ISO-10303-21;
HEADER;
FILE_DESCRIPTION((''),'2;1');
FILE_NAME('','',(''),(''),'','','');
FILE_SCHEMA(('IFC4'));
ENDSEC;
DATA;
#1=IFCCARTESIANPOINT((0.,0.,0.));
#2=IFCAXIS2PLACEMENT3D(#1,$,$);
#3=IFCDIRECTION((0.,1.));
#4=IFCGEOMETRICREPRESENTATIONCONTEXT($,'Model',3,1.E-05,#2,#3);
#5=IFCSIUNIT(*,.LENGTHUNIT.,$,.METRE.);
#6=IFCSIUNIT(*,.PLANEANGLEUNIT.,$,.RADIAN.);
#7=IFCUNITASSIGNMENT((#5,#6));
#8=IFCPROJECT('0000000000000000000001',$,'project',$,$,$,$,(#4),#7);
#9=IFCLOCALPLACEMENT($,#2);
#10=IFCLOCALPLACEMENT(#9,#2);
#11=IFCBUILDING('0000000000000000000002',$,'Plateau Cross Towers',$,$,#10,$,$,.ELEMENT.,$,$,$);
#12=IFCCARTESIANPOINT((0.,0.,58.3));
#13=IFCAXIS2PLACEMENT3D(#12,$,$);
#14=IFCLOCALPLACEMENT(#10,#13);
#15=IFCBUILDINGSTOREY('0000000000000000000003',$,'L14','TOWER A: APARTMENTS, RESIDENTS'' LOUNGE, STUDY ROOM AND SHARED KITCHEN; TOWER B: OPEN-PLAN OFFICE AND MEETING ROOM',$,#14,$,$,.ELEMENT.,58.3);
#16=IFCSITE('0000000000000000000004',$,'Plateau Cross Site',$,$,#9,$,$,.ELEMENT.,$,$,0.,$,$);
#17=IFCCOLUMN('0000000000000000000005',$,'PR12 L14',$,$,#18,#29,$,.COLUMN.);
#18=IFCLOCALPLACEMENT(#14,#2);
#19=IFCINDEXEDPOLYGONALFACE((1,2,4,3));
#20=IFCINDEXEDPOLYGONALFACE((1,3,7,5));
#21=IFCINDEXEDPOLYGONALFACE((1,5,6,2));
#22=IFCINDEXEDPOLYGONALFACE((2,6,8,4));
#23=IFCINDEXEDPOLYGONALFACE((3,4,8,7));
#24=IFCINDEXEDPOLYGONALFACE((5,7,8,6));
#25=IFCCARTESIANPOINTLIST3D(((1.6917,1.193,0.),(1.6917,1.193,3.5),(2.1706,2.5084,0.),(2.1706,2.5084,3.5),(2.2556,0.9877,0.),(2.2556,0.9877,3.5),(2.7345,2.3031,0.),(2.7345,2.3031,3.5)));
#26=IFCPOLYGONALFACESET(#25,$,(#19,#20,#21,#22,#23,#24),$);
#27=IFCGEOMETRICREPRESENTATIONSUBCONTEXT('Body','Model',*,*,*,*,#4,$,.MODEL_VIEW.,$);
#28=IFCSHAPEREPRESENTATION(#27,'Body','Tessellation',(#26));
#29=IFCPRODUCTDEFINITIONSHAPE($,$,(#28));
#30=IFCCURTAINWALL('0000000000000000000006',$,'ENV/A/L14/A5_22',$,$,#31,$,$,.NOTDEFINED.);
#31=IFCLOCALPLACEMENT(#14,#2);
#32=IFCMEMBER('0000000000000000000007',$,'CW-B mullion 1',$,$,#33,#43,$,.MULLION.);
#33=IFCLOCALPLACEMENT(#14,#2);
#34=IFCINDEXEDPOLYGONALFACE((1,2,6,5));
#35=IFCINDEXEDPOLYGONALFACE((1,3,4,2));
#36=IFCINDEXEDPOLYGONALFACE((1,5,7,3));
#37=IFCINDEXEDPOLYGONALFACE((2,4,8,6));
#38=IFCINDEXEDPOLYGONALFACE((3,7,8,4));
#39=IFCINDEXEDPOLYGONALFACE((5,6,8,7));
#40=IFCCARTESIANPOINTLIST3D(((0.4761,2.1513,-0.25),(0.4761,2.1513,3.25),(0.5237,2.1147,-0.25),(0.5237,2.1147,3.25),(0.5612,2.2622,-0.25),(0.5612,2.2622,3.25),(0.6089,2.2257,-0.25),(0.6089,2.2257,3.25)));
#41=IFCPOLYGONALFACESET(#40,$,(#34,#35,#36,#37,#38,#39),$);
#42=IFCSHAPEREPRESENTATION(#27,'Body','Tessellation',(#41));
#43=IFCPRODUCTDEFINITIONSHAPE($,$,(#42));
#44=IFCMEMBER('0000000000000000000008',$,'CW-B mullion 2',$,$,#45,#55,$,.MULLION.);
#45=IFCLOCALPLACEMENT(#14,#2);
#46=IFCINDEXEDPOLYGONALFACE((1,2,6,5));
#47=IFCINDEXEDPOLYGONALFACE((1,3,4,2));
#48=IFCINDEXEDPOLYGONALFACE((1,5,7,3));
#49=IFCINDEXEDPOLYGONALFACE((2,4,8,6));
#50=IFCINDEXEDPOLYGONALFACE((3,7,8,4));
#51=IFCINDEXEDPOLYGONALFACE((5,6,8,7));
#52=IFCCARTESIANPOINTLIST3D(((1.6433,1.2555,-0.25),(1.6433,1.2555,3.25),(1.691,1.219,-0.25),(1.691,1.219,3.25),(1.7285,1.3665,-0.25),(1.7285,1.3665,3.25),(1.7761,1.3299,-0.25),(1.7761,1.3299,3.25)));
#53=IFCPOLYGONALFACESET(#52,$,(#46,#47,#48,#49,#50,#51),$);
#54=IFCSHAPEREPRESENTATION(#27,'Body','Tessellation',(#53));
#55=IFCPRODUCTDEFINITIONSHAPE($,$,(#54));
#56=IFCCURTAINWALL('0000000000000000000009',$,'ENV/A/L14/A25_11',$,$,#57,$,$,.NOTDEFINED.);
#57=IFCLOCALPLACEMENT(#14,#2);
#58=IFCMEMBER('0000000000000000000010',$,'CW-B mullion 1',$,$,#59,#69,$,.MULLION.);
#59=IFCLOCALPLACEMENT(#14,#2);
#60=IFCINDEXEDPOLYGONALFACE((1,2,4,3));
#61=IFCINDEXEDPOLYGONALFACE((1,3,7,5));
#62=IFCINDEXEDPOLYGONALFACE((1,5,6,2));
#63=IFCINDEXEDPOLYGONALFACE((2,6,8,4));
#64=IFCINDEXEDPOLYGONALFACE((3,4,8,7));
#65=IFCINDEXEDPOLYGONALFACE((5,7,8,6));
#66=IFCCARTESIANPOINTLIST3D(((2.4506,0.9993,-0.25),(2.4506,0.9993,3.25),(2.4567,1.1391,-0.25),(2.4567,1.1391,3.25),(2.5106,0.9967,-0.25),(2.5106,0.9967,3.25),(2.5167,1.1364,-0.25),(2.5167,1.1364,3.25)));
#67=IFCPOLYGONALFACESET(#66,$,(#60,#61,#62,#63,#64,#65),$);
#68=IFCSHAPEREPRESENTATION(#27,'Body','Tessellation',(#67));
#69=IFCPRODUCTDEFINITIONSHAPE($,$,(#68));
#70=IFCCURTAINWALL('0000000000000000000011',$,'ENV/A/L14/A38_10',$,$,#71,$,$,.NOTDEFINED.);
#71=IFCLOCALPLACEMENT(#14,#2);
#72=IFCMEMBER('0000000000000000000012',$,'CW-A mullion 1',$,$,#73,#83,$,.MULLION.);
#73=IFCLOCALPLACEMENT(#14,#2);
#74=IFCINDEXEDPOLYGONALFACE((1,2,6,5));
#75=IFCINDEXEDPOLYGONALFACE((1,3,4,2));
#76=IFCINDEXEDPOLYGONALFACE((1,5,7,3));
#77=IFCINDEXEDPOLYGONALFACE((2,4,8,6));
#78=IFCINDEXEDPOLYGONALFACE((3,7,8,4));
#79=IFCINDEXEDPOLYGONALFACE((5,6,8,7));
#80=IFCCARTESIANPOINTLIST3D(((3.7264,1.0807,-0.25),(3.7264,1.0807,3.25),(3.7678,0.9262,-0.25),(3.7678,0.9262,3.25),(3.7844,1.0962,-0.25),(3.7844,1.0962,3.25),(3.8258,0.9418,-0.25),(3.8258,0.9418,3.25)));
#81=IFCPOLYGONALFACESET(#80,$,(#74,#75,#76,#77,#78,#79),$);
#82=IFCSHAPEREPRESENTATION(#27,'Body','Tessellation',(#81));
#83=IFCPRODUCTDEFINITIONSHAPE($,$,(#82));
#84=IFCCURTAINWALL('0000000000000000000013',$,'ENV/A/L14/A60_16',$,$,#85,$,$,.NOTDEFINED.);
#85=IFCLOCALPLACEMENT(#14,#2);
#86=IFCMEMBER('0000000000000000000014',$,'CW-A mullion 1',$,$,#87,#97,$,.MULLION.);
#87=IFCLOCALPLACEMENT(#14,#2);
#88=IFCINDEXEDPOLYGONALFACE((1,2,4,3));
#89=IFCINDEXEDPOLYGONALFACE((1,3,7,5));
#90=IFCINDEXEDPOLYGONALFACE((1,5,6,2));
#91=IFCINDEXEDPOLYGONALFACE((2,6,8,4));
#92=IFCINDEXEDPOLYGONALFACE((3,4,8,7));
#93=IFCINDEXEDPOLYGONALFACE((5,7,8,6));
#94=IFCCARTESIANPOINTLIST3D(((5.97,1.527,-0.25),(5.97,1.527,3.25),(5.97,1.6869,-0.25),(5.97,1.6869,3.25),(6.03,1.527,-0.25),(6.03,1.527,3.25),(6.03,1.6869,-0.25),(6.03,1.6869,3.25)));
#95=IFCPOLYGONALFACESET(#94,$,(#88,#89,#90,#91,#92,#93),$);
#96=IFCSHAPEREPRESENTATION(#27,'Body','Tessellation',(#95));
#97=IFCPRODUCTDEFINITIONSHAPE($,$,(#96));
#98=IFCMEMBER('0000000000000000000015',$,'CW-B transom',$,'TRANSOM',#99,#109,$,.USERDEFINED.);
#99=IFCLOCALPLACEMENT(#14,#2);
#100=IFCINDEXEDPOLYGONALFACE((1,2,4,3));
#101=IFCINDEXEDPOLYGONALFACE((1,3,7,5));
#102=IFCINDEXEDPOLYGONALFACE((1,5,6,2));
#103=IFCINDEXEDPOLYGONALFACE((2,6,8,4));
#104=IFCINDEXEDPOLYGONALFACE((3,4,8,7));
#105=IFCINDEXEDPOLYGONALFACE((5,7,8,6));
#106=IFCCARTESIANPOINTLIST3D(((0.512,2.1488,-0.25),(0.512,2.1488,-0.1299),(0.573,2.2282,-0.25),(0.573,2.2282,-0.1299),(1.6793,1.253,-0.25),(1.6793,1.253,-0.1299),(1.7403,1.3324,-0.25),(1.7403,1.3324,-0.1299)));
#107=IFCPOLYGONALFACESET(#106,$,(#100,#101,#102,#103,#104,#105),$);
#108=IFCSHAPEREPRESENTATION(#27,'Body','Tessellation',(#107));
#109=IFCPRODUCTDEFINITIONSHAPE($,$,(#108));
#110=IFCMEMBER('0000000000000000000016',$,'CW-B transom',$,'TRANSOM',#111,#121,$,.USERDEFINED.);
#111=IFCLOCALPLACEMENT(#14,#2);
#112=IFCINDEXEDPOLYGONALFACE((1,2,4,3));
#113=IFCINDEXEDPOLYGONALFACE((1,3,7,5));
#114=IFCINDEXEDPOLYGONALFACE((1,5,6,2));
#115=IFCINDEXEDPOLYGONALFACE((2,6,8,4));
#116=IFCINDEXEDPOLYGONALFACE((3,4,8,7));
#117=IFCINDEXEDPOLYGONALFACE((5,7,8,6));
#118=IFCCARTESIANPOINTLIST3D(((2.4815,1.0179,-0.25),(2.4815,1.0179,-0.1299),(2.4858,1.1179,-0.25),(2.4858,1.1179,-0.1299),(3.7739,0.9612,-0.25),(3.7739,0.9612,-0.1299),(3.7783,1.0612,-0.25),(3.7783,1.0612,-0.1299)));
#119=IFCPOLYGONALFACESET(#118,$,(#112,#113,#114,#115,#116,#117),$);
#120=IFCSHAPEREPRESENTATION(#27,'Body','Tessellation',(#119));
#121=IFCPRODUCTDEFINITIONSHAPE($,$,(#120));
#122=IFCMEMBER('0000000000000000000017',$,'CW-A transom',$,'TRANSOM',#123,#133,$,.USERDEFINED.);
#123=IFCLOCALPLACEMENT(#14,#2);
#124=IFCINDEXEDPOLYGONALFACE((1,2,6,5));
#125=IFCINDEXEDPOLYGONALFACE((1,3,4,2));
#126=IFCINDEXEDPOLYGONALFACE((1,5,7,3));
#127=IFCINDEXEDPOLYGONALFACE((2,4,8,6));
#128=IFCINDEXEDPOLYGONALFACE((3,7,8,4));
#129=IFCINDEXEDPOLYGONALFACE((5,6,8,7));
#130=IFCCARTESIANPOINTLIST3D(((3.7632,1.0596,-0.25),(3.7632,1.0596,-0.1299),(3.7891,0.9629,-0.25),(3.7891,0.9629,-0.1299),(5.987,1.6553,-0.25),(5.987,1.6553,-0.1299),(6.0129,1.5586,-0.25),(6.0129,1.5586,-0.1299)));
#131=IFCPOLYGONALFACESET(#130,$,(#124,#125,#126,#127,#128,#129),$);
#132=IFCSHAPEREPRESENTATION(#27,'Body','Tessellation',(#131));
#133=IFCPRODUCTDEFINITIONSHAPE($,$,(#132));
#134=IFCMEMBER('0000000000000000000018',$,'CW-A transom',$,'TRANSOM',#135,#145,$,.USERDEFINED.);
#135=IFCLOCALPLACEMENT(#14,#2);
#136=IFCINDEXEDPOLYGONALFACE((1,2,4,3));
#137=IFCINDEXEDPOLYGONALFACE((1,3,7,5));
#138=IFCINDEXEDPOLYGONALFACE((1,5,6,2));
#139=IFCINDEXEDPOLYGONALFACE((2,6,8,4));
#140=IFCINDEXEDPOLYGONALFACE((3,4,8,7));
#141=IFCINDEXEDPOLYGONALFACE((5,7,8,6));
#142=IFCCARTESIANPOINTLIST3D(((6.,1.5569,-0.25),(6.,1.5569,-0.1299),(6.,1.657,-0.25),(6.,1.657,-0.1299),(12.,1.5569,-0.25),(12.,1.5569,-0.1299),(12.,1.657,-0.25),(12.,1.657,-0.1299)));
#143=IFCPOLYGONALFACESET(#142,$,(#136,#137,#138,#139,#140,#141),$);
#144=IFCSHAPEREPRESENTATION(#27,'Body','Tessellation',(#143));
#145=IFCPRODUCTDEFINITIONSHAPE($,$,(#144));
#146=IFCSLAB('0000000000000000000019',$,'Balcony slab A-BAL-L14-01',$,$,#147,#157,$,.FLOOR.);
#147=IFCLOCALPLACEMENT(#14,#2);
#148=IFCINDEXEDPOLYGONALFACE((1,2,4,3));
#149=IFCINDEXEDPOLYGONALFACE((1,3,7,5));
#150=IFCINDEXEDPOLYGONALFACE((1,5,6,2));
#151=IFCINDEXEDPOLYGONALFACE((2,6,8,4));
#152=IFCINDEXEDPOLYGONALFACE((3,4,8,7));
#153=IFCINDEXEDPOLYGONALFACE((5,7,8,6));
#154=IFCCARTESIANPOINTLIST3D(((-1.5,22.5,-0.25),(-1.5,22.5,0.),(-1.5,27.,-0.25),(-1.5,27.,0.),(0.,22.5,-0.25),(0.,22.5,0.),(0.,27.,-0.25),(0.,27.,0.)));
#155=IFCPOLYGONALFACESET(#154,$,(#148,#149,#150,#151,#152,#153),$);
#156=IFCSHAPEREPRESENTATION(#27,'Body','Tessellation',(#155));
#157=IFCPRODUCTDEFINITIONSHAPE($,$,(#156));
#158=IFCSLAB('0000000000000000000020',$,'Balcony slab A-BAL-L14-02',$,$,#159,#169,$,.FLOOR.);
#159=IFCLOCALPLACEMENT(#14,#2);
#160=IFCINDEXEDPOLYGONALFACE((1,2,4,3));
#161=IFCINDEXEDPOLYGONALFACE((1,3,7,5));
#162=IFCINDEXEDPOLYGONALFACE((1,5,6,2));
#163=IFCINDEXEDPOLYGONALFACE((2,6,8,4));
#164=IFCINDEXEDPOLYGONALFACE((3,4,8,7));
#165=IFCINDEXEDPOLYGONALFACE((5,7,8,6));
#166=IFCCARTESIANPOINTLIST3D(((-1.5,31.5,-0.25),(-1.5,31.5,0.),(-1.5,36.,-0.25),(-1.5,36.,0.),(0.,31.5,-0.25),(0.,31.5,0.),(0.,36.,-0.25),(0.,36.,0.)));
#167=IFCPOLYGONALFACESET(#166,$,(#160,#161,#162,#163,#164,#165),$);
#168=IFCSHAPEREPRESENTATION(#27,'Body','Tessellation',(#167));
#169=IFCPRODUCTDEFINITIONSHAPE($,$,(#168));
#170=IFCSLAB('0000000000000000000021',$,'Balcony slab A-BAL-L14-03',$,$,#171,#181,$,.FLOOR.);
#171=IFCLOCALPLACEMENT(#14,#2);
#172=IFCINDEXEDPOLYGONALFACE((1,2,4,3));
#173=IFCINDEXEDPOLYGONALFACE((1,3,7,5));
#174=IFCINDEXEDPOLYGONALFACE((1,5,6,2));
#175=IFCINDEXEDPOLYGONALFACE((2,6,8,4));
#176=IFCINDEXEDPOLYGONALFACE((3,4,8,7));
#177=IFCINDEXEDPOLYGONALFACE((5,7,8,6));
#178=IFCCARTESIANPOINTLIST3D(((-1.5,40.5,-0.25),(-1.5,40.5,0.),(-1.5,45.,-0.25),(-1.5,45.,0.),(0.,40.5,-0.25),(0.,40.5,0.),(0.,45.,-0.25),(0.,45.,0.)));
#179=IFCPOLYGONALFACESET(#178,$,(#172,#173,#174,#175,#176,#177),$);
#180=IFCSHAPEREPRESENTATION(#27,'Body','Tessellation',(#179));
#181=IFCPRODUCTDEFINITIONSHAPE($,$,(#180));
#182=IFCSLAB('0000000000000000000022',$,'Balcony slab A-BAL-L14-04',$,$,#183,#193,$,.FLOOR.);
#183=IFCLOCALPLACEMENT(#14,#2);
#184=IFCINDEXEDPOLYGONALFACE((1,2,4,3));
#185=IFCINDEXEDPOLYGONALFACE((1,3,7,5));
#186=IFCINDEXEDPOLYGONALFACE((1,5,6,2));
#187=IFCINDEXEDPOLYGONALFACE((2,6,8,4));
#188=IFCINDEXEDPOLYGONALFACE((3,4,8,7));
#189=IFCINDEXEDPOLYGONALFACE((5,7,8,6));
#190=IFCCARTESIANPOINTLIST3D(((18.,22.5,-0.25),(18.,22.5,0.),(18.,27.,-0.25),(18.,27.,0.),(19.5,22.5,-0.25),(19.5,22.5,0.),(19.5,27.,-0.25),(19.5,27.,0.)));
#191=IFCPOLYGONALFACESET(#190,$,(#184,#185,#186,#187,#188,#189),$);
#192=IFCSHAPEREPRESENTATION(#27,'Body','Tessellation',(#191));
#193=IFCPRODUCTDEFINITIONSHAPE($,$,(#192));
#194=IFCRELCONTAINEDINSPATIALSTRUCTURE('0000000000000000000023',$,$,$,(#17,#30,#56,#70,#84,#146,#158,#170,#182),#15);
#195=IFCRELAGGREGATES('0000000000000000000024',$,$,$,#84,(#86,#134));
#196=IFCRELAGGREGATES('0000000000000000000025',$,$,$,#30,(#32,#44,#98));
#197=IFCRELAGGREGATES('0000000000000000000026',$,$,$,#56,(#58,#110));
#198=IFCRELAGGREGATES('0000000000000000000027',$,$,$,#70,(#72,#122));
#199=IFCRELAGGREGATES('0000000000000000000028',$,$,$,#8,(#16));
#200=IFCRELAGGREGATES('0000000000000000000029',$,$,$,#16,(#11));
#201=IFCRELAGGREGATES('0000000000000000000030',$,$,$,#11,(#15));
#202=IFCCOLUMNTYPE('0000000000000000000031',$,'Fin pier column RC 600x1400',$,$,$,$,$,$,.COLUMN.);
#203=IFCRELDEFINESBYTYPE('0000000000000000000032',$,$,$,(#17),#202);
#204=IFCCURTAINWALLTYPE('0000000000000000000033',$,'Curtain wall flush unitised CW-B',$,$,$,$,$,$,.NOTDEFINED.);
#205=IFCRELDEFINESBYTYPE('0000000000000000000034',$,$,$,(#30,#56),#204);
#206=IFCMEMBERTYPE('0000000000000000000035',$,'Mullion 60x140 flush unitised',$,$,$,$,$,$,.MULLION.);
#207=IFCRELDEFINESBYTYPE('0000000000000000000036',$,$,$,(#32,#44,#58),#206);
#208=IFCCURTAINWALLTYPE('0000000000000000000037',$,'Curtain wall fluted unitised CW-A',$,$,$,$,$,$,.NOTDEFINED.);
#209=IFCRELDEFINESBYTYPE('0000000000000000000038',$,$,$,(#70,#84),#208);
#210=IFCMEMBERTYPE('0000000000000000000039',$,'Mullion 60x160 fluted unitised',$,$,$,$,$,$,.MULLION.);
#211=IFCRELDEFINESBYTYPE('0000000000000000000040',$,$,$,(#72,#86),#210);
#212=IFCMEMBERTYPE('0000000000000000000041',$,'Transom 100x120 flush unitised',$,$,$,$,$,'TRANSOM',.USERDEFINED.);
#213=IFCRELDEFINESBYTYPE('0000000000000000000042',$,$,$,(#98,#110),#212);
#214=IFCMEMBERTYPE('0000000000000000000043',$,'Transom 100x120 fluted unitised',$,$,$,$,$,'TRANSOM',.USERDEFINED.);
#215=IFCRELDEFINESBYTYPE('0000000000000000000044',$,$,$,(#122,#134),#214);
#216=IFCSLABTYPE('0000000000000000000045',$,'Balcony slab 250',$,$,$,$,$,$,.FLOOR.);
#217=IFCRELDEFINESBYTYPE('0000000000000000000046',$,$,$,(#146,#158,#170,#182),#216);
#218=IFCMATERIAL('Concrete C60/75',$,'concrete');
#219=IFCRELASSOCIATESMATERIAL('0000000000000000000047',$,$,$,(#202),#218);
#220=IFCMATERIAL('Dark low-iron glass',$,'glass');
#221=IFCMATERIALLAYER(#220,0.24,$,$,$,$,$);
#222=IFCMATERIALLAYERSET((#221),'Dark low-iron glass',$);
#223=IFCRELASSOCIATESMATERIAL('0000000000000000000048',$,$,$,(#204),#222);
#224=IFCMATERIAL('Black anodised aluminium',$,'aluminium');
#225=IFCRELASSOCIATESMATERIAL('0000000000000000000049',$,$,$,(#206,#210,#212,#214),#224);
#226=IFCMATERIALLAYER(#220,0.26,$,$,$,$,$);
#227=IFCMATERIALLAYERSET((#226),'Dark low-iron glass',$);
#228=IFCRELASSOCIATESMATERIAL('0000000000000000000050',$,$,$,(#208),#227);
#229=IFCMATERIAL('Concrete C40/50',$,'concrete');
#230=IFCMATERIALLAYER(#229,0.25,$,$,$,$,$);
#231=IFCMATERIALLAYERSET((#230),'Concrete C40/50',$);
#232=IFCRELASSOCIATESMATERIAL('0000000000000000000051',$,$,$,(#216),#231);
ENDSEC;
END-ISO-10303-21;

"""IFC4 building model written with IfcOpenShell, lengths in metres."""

from ifc_helpers import new_model, si_unit, direction, frame, origin, origin_2d, place, context, subcontext, project, spatial, polyline, rectangle, outline, extrude, material, layer, layer_set, material_profile, profile_set, type_object, element, aggregate, save


model = new_model("IFC4")

# Units and contexts
model_context = context("Model", 3, precision=1e-05, world=origin(), true_north=direction((0.0, 1.0)))
body_context = subcontext(model_context, "Body", "Model", "MODEL_VIEW")
ifc_project = project(units=[si_unit("LENGTHUNIT", "METRE"), si_unit("PLANEANGLEUNIT", "RADIAN")], contexts=[model_context])

# Site, building, storey
site_placement = place(None, origin())
site = spatial("IfcSite", under=ifc_project, at=site_placement, Name="Plateau Cross Site", CompositionType="ELEMENT", RefElevation=0.0)
building_placement = place(site_placement, origin())
building = spatial("IfcBuilding", under=site, at=building_placement, Name="Plateau Cross Towers", CompositionType="ELEMENT")
storey_placement = place(building_placement, frame((0.0, 0.0, 58.3)))
storey = spatial("IfcBuildingStorey", under=building, at=storey_placement, Name="L14", Description="TOWER A: APARTMENTS, RESIDENTS' LOUNGE, STUDY ROOM AND SHARED KITCHEN; TOWER B: OPEN-PLAN OFFICE AND MEETING ROOM", CompositionType="ELEMENT", Elevation=58.3)

# Column
ifc_material_1 = material(Name="Concrete C60/75", Category="concrete")
ifc_material_profile_1 = material_profile(ifc_material_1, rectangle(XDim=0.6001, YDim=1.3999, at=origin_2d()), Name="RC 600x1400")
ifc_profile_set_1 = profile_set([ifc_material_profile_1], Name="Concrete C60/75")
column_type = type_object("IfcColumnType", Name="Fin pier column RC 600x1400", PredefinedType="COLUMN", material=ifc_profile_set_1)
column_placement = place(storey_placement, frame((2.2131, 1.748, 0.0), z_axis=(0.0, 0.0, 1.0), x_axis=(-0.939664, 0.342098, 0.0)))
element("IfcColumn", 1, at=column_placement, inside=storey, type_object=column_type, Name="PR12 L14", PredefinedType="COLUMN", context=body_context, shape_type="SweptSolid", body=[
    extrude(rectangle(XDim=0.6001, YDim=1.3999, at=origin_2d()), origin(), (0.0, 0.0, 1.0), 3.5),
])

# Curtain wall, members
ifc_material_2 = material(Name="Dark low-iron glass", Category="glass")
ifc_layer_1 = layer(ifc_material_2, 0.24)
ifc_layer_set_1 = layer_set([ifc_layer_1], Name="Dark low-iron glass")
curtain_wall_type_1 = type_object("IfcCurtainWallType", Name="Curtain wall flush unitised CW-B", PredefinedType="NOTDEFINED", material=ifc_layer_set_1)
curtain_wall_1_placement = place(storey_placement, origin())
curtain_wall_1 = element("IfcCurtainWall", 2, at=curtain_wall_1_placement, inside=storey, type_object=curtain_wall_type_1, Name="ENV/A/L14/A5_22", PredefinedType="NOTDEFINED")
ifc_material_3 = material(Name="Black anodised aluminium", Category="aluminium")
ifc_material_profile_2 = material_profile(ifc_material_3, rectangle(XDim=0.0601, YDim=0.1399, at=origin_2d()), Name="MULLION 60x140")
ifc_profile_set_2 = profile_set([ifc_material_profile_2], Name="Black anodised aluminium")
member_type_1 = type_object("IfcMemberType", Name="Mullion 60x140 flush unitised", PredefinedType="MULLION", material=ifc_profile_set_2)
member_1_placement = place(storey_placement, frame((0.5425, 2.1885, -0.25), z_axis=(0.0, 0.0, 1.0), x_axis=(0.793316, -0.608811, 0.0)))
member_1 = element("IfcMember", 3, at=member_1_placement, type_object=member_type_1, Name="CW-B mullion 1", PredefinedType="MULLION", context=body_context, shape_type="SweptSolid", body=[
    extrude(rectangle(XDim=0.0601, YDim=0.1399, at=origin_2d()), origin(), (0.0, 0.0, 1.0), 3.5),
])
member_2_placement = place(storey_placement, frame((1.7097, 1.2927, -0.25), z_axis=(0.0, 0.0, 1.0), x_axis=(0.793316, -0.608811, 0.0)))
member_2 = element("IfcMember", 4, at=member_2_placement, type_object=member_type_1, Name="CW-B mullion 2", PredefinedType="MULLION", context=body_context, shape_type="SweptSolid", body=[
    extrude(rectangle(XDim=0.0601, YDim=0.1399, at=origin_2d()), origin(), (0.0, 0.0, 1.0), 3.5),
])

# Curtain walls, members
curtain_wall_2_placement = place(storey_placement, origin())
curtain_wall_2 = element("IfcCurtainWall", 5, at=curtain_wall_2_placement, inside=storey, type_object=curtain_wall_type_1, Name="ENV/A/L14/A25_11", PredefinedType="NOTDEFINED")
member_3_placement = place(storey_placement, frame((2.4836, 1.0679, -0.25), z_axis=(0.0, 0.0, 1.0), x_axis=(0.999044, -0.043723, 0.0)))
member_3 = element("IfcMember", 6, at=member_3_placement, type_object=member_type_1, Name="CW-B mullion 1", PredefinedType="MULLION", context=body_context, shape_type="SweptSolid", body=[
    extrude(rectangle(XDim=0.0601, YDim=0.1399, at=origin_2d()), origin(), (0.0, 0.0, 1.0), 3.5),
])
ifc_layer_2 = layer(ifc_material_2, 0.26)
ifc_layer_set_2 = layer_set([ifc_layer_2], Name="Dark low-iron glass")
curtain_wall_type_2 = type_object("IfcCurtainWallType", Name="Curtain wall fluted unitised CW-A", PredefinedType="NOTDEFINED", material=ifc_layer_set_2)
curtain_wall_3_placement = place(storey_placement, origin())
curtain_wall_3 = element("IfcCurtainWall", 7, at=curtain_wall_3_placement, inside=storey, type_object=curtain_wall_type_2, Name="ENV/A/L14/A38_10", PredefinedType="NOTDEFINED")
ifc_material_profile_3 = material_profile(ifc_material_3, rectangle(XDim=0.0601, YDim=0.1599, at=origin_2d()), Name="MULLION 60x160")
ifc_profile_set_3 = profile_set([ifc_material_profile_3], Name="Black anodised aluminium")
member_type_2 = type_object("IfcMemberType", Name="Mullion 60x160 fluted unitised", PredefinedType="MULLION", material=ifc_profile_set_3)
member_4_placement = place(storey_placement, frame((3.7761, 1.0112, -0.25), z_axis=(0.0, 0.0, 1.0), x_axis=(0.965958, 0.258699, 0.0)))
member_4 = element("IfcMember", 8, at=member_4_placement, type_object=member_type_2, Name="CW-A mullion 1", PredefinedType="MULLION", context=body_context, shape_type="SweptSolid", body=[
    extrude(rectangle(XDim=0.0601, YDim=0.1599, at=origin_2d()), origin(), (0.0, 0.0, 1.0), 3.5),
])
curtain_wall_4_placement = place(storey_placement, origin())
curtain_wall_4 = element("IfcCurtainWall", 9, at=curtain_wall_4_placement, inside=storey, type_object=curtain_wall_type_2, Name="ENV/A/L14/A60_16", PredefinedType="NOTDEFINED")
member_5_placement = place(storey_placement, frame((6.0, 1.6069, -0.25), z_axis=(0.0, 0.0, 1.0), x_axis=(1.0, 0.0, 0.0)))
member_5 = element("IfcMember", 10, at=member_5_placement, type_object=member_type_2, Name="CW-A mullion 1", PredefinedType="MULLION", context=body_context, shape_type="SweptSolid", body=[
    extrude(rectangle(XDim=0.0601, YDim=0.1599, at=origin_2d()), origin(), (0.0, 0.0, 1.0), 3.5),
])

# Members
ifc_material_profile_4 = material_profile(ifc_material_3, rectangle(XDim=0.1001, YDim=0.1201, at=origin_2d()), Name="TRANSOM 100x120")
ifc_profile_set_4 = profile_set([ifc_material_profile_4], Name="Black anodised aluminium")
member_type_3 = type_object("IfcMemberType", Name="Transom 100x120 flush unitised", ElementType="TRANSOM", PredefinedType="USERDEFINED", material=ifc_profile_set_4)
member_6_placement = place(storey_placement, frame((0.5425, 2.1885, -0.1899), z_axis=(0.793321, -0.608804, 0.0), x_axis=(0.608804, 0.793321, 0.0)))
member_6 = element("IfcMember", 11, at=member_6_placement, type_object=member_type_3, Name="CW-B transom", ObjectType="TRANSOM", PredefinedType="USERDEFINED", context=body_context, shape_type="SweptSolid", body=[
    extrude(rectangle(XDim=0.1001, YDim=0.1201, at=origin_2d()), origin(), (0.0, 0.0, 1.0), 1.4714),
])
member_7_placement = place(storey_placement, frame((2.4836, 1.0679, -0.1899), z_axis=(0.999041, -0.043781, 0.0), x_axis=(0.043781, 0.999041, 0.0)))
member_7 = element("IfcMember", 12, at=member_7_placement, type_object=member_type_3, Name="CW-B transom", ObjectType="TRANSOM", PredefinedType="USERDEFINED", context=body_context, shape_type="SweptSolid", body=[
    extrude(rectangle(XDim=0.1001, YDim=0.1201, at=origin_2d()), origin(), (0.0, 0.0, 1.0), 1.2937),
])
ifc_material_profile_5 = material_profile(ifc_material_3, rectangle(XDim=0.1001, YDim=0.1201, at=origin_2d()), Name="TRANSOM 100x120")
ifc_profile_set_5 = profile_set([ifc_material_profile_5], Name="Black anodised aluminium")
member_type_4 = type_object("IfcMemberType", Name="Transom 100x120 fluted unitised", ElementType="TRANSOM", PredefinedType="USERDEFINED", material=ifc_profile_set_5)
member_8_placement = place(storey_placement, frame((3.7761, 1.0112, -0.1899), z_axis=(0.965946, 0.258745, 0.0), x_axis=(-0.258745, 0.965946, 0.0)))
member_8 = element("IfcMember", 13, at=member_8_placement, type_object=member_type_4, Name="CW-A transom", ObjectType="TRANSOM", PredefinedType="USERDEFINED", context=body_context, shape_type="SweptSolid", body=[
    extrude(rectangle(XDim=0.1001, YDim=0.1201, at=origin_2d()), origin(), (0.0, 0.0, 1.0), 2.3022),
])
member_9_placement = place(storey_placement, frame((6.0, 1.6069, -0.1899), z_axis=(1.0, 0.0, 0.0), x_axis=(0.0, 1.0, 0.0)))
member_9 = element("IfcMember", 14, at=member_9_placement, type_object=member_type_4, Name="CW-A transom", ObjectType="TRANSOM", PredefinedType="USERDEFINED", context=body_context, shape_type="SweptSolid", body=[
    extrude(rectangle(XDim=0.1001, YDim=0.1201, at=origin_2d()), origin(), (0.0, 0.0, 1.0), 6.0),
])
aggregate(curtain_wall_4, [member_5, member_9])

# Slabs
ifc_material_4 = material(Name="Concrete C40/50", Category="concrete")
ifc_layer_3 = layer(ifc_material_4, 0.25)
ifc_layer_set_3 = layer_set([ifc_layer_3], Name="Concrete C40/50")
slab_type_1 = type_object("IfcSlabType", Name="Balcony slab 250", PredefinedType="FLOOR", material=ifc_layer_set_3)
slab_1_placement = place(storey_placement, frame((0.0, 0.0, -0.25)))
element("IfcSlab", 15, at=slab_1_placement, inside=storey, type_object=slab_type_1, Name="Balcony slab A-BAL-L14-01", PredefinedType="FLOOR", context=body_context, shape_type="SweptSolid", body=[
    extrude(outline(polyline([(0.0, 22.5), (0.0, 27.0), (-1.5, 27.0), (-1.5, 22.5), (0.0, 22.5)])), origin(), (0.0, 0.0, 1.0), 0.25),
])
slab_2_placement = place(storey_placement, frame((0.0, 0.0, -0.25)))
element("IfcSlab", 16, at=slab_2_placement, inside=storey, type_object=slab_type_1, Name="Balcony slab A-BAL-L14-02", PredefinedType="FLOOR", context=body_context, shape_type="SweptSolid", body=[
    extrude(outline(polyline([(0.0, 31.5), (0.0, 36.0), (-1.5, 36.0), (-1.5, 31.5), (0.0, 31.5)])), origin(), (0.0, 0.0, 1.0), 0.25),
])
slab_3_placement = place(storey_placement, frame((0.0, 0.0, -0.25)))
element("IfcSlab", 17, at=slab_3_placement, inside=storey, type_object=slab_type_1, Name="Balcony slab A-BAL-L14-03", PredefinedType="FLOOR", context=body_context, shape_type="SweptSolid", body=[
    extrude(outline(polyline([(0.0, 40.5), (0.0, 45.0), (-1.5, 45.0), (-1.5, 40.5), (0.0, 40.5)])), origin(), (0.0, 0.0, 1.0), 0.25),
])
slab_4_placement = place(storey_placement, frame((0.0, 0.0, -0.25)))
element("IfcSlab", 18, at=slab_4_placement, inside=storey, type_object=slab_type_1, Name="Balcony slab A-BAL-L14-04", PredefinedType="FLOOR", context=body_context, shape_type="SweptSolid", body=[
    extrude(outline(polyline([(19.5, 22.5), (19.5, 27.0), (18.0, 27.0), (18.0, 22.5), (19.5, 22.5)])), origin(), (0.0, 0.0, 1.0), 0.25),
])

aggregate(curtain_wall_1, [member_1, member_2, member_6])
aggregate(curtain_wall_2, [member_3, member_7])
aggregate(curtain_wall_3, [member_4, member_8])

save(model, "model.ifc")
